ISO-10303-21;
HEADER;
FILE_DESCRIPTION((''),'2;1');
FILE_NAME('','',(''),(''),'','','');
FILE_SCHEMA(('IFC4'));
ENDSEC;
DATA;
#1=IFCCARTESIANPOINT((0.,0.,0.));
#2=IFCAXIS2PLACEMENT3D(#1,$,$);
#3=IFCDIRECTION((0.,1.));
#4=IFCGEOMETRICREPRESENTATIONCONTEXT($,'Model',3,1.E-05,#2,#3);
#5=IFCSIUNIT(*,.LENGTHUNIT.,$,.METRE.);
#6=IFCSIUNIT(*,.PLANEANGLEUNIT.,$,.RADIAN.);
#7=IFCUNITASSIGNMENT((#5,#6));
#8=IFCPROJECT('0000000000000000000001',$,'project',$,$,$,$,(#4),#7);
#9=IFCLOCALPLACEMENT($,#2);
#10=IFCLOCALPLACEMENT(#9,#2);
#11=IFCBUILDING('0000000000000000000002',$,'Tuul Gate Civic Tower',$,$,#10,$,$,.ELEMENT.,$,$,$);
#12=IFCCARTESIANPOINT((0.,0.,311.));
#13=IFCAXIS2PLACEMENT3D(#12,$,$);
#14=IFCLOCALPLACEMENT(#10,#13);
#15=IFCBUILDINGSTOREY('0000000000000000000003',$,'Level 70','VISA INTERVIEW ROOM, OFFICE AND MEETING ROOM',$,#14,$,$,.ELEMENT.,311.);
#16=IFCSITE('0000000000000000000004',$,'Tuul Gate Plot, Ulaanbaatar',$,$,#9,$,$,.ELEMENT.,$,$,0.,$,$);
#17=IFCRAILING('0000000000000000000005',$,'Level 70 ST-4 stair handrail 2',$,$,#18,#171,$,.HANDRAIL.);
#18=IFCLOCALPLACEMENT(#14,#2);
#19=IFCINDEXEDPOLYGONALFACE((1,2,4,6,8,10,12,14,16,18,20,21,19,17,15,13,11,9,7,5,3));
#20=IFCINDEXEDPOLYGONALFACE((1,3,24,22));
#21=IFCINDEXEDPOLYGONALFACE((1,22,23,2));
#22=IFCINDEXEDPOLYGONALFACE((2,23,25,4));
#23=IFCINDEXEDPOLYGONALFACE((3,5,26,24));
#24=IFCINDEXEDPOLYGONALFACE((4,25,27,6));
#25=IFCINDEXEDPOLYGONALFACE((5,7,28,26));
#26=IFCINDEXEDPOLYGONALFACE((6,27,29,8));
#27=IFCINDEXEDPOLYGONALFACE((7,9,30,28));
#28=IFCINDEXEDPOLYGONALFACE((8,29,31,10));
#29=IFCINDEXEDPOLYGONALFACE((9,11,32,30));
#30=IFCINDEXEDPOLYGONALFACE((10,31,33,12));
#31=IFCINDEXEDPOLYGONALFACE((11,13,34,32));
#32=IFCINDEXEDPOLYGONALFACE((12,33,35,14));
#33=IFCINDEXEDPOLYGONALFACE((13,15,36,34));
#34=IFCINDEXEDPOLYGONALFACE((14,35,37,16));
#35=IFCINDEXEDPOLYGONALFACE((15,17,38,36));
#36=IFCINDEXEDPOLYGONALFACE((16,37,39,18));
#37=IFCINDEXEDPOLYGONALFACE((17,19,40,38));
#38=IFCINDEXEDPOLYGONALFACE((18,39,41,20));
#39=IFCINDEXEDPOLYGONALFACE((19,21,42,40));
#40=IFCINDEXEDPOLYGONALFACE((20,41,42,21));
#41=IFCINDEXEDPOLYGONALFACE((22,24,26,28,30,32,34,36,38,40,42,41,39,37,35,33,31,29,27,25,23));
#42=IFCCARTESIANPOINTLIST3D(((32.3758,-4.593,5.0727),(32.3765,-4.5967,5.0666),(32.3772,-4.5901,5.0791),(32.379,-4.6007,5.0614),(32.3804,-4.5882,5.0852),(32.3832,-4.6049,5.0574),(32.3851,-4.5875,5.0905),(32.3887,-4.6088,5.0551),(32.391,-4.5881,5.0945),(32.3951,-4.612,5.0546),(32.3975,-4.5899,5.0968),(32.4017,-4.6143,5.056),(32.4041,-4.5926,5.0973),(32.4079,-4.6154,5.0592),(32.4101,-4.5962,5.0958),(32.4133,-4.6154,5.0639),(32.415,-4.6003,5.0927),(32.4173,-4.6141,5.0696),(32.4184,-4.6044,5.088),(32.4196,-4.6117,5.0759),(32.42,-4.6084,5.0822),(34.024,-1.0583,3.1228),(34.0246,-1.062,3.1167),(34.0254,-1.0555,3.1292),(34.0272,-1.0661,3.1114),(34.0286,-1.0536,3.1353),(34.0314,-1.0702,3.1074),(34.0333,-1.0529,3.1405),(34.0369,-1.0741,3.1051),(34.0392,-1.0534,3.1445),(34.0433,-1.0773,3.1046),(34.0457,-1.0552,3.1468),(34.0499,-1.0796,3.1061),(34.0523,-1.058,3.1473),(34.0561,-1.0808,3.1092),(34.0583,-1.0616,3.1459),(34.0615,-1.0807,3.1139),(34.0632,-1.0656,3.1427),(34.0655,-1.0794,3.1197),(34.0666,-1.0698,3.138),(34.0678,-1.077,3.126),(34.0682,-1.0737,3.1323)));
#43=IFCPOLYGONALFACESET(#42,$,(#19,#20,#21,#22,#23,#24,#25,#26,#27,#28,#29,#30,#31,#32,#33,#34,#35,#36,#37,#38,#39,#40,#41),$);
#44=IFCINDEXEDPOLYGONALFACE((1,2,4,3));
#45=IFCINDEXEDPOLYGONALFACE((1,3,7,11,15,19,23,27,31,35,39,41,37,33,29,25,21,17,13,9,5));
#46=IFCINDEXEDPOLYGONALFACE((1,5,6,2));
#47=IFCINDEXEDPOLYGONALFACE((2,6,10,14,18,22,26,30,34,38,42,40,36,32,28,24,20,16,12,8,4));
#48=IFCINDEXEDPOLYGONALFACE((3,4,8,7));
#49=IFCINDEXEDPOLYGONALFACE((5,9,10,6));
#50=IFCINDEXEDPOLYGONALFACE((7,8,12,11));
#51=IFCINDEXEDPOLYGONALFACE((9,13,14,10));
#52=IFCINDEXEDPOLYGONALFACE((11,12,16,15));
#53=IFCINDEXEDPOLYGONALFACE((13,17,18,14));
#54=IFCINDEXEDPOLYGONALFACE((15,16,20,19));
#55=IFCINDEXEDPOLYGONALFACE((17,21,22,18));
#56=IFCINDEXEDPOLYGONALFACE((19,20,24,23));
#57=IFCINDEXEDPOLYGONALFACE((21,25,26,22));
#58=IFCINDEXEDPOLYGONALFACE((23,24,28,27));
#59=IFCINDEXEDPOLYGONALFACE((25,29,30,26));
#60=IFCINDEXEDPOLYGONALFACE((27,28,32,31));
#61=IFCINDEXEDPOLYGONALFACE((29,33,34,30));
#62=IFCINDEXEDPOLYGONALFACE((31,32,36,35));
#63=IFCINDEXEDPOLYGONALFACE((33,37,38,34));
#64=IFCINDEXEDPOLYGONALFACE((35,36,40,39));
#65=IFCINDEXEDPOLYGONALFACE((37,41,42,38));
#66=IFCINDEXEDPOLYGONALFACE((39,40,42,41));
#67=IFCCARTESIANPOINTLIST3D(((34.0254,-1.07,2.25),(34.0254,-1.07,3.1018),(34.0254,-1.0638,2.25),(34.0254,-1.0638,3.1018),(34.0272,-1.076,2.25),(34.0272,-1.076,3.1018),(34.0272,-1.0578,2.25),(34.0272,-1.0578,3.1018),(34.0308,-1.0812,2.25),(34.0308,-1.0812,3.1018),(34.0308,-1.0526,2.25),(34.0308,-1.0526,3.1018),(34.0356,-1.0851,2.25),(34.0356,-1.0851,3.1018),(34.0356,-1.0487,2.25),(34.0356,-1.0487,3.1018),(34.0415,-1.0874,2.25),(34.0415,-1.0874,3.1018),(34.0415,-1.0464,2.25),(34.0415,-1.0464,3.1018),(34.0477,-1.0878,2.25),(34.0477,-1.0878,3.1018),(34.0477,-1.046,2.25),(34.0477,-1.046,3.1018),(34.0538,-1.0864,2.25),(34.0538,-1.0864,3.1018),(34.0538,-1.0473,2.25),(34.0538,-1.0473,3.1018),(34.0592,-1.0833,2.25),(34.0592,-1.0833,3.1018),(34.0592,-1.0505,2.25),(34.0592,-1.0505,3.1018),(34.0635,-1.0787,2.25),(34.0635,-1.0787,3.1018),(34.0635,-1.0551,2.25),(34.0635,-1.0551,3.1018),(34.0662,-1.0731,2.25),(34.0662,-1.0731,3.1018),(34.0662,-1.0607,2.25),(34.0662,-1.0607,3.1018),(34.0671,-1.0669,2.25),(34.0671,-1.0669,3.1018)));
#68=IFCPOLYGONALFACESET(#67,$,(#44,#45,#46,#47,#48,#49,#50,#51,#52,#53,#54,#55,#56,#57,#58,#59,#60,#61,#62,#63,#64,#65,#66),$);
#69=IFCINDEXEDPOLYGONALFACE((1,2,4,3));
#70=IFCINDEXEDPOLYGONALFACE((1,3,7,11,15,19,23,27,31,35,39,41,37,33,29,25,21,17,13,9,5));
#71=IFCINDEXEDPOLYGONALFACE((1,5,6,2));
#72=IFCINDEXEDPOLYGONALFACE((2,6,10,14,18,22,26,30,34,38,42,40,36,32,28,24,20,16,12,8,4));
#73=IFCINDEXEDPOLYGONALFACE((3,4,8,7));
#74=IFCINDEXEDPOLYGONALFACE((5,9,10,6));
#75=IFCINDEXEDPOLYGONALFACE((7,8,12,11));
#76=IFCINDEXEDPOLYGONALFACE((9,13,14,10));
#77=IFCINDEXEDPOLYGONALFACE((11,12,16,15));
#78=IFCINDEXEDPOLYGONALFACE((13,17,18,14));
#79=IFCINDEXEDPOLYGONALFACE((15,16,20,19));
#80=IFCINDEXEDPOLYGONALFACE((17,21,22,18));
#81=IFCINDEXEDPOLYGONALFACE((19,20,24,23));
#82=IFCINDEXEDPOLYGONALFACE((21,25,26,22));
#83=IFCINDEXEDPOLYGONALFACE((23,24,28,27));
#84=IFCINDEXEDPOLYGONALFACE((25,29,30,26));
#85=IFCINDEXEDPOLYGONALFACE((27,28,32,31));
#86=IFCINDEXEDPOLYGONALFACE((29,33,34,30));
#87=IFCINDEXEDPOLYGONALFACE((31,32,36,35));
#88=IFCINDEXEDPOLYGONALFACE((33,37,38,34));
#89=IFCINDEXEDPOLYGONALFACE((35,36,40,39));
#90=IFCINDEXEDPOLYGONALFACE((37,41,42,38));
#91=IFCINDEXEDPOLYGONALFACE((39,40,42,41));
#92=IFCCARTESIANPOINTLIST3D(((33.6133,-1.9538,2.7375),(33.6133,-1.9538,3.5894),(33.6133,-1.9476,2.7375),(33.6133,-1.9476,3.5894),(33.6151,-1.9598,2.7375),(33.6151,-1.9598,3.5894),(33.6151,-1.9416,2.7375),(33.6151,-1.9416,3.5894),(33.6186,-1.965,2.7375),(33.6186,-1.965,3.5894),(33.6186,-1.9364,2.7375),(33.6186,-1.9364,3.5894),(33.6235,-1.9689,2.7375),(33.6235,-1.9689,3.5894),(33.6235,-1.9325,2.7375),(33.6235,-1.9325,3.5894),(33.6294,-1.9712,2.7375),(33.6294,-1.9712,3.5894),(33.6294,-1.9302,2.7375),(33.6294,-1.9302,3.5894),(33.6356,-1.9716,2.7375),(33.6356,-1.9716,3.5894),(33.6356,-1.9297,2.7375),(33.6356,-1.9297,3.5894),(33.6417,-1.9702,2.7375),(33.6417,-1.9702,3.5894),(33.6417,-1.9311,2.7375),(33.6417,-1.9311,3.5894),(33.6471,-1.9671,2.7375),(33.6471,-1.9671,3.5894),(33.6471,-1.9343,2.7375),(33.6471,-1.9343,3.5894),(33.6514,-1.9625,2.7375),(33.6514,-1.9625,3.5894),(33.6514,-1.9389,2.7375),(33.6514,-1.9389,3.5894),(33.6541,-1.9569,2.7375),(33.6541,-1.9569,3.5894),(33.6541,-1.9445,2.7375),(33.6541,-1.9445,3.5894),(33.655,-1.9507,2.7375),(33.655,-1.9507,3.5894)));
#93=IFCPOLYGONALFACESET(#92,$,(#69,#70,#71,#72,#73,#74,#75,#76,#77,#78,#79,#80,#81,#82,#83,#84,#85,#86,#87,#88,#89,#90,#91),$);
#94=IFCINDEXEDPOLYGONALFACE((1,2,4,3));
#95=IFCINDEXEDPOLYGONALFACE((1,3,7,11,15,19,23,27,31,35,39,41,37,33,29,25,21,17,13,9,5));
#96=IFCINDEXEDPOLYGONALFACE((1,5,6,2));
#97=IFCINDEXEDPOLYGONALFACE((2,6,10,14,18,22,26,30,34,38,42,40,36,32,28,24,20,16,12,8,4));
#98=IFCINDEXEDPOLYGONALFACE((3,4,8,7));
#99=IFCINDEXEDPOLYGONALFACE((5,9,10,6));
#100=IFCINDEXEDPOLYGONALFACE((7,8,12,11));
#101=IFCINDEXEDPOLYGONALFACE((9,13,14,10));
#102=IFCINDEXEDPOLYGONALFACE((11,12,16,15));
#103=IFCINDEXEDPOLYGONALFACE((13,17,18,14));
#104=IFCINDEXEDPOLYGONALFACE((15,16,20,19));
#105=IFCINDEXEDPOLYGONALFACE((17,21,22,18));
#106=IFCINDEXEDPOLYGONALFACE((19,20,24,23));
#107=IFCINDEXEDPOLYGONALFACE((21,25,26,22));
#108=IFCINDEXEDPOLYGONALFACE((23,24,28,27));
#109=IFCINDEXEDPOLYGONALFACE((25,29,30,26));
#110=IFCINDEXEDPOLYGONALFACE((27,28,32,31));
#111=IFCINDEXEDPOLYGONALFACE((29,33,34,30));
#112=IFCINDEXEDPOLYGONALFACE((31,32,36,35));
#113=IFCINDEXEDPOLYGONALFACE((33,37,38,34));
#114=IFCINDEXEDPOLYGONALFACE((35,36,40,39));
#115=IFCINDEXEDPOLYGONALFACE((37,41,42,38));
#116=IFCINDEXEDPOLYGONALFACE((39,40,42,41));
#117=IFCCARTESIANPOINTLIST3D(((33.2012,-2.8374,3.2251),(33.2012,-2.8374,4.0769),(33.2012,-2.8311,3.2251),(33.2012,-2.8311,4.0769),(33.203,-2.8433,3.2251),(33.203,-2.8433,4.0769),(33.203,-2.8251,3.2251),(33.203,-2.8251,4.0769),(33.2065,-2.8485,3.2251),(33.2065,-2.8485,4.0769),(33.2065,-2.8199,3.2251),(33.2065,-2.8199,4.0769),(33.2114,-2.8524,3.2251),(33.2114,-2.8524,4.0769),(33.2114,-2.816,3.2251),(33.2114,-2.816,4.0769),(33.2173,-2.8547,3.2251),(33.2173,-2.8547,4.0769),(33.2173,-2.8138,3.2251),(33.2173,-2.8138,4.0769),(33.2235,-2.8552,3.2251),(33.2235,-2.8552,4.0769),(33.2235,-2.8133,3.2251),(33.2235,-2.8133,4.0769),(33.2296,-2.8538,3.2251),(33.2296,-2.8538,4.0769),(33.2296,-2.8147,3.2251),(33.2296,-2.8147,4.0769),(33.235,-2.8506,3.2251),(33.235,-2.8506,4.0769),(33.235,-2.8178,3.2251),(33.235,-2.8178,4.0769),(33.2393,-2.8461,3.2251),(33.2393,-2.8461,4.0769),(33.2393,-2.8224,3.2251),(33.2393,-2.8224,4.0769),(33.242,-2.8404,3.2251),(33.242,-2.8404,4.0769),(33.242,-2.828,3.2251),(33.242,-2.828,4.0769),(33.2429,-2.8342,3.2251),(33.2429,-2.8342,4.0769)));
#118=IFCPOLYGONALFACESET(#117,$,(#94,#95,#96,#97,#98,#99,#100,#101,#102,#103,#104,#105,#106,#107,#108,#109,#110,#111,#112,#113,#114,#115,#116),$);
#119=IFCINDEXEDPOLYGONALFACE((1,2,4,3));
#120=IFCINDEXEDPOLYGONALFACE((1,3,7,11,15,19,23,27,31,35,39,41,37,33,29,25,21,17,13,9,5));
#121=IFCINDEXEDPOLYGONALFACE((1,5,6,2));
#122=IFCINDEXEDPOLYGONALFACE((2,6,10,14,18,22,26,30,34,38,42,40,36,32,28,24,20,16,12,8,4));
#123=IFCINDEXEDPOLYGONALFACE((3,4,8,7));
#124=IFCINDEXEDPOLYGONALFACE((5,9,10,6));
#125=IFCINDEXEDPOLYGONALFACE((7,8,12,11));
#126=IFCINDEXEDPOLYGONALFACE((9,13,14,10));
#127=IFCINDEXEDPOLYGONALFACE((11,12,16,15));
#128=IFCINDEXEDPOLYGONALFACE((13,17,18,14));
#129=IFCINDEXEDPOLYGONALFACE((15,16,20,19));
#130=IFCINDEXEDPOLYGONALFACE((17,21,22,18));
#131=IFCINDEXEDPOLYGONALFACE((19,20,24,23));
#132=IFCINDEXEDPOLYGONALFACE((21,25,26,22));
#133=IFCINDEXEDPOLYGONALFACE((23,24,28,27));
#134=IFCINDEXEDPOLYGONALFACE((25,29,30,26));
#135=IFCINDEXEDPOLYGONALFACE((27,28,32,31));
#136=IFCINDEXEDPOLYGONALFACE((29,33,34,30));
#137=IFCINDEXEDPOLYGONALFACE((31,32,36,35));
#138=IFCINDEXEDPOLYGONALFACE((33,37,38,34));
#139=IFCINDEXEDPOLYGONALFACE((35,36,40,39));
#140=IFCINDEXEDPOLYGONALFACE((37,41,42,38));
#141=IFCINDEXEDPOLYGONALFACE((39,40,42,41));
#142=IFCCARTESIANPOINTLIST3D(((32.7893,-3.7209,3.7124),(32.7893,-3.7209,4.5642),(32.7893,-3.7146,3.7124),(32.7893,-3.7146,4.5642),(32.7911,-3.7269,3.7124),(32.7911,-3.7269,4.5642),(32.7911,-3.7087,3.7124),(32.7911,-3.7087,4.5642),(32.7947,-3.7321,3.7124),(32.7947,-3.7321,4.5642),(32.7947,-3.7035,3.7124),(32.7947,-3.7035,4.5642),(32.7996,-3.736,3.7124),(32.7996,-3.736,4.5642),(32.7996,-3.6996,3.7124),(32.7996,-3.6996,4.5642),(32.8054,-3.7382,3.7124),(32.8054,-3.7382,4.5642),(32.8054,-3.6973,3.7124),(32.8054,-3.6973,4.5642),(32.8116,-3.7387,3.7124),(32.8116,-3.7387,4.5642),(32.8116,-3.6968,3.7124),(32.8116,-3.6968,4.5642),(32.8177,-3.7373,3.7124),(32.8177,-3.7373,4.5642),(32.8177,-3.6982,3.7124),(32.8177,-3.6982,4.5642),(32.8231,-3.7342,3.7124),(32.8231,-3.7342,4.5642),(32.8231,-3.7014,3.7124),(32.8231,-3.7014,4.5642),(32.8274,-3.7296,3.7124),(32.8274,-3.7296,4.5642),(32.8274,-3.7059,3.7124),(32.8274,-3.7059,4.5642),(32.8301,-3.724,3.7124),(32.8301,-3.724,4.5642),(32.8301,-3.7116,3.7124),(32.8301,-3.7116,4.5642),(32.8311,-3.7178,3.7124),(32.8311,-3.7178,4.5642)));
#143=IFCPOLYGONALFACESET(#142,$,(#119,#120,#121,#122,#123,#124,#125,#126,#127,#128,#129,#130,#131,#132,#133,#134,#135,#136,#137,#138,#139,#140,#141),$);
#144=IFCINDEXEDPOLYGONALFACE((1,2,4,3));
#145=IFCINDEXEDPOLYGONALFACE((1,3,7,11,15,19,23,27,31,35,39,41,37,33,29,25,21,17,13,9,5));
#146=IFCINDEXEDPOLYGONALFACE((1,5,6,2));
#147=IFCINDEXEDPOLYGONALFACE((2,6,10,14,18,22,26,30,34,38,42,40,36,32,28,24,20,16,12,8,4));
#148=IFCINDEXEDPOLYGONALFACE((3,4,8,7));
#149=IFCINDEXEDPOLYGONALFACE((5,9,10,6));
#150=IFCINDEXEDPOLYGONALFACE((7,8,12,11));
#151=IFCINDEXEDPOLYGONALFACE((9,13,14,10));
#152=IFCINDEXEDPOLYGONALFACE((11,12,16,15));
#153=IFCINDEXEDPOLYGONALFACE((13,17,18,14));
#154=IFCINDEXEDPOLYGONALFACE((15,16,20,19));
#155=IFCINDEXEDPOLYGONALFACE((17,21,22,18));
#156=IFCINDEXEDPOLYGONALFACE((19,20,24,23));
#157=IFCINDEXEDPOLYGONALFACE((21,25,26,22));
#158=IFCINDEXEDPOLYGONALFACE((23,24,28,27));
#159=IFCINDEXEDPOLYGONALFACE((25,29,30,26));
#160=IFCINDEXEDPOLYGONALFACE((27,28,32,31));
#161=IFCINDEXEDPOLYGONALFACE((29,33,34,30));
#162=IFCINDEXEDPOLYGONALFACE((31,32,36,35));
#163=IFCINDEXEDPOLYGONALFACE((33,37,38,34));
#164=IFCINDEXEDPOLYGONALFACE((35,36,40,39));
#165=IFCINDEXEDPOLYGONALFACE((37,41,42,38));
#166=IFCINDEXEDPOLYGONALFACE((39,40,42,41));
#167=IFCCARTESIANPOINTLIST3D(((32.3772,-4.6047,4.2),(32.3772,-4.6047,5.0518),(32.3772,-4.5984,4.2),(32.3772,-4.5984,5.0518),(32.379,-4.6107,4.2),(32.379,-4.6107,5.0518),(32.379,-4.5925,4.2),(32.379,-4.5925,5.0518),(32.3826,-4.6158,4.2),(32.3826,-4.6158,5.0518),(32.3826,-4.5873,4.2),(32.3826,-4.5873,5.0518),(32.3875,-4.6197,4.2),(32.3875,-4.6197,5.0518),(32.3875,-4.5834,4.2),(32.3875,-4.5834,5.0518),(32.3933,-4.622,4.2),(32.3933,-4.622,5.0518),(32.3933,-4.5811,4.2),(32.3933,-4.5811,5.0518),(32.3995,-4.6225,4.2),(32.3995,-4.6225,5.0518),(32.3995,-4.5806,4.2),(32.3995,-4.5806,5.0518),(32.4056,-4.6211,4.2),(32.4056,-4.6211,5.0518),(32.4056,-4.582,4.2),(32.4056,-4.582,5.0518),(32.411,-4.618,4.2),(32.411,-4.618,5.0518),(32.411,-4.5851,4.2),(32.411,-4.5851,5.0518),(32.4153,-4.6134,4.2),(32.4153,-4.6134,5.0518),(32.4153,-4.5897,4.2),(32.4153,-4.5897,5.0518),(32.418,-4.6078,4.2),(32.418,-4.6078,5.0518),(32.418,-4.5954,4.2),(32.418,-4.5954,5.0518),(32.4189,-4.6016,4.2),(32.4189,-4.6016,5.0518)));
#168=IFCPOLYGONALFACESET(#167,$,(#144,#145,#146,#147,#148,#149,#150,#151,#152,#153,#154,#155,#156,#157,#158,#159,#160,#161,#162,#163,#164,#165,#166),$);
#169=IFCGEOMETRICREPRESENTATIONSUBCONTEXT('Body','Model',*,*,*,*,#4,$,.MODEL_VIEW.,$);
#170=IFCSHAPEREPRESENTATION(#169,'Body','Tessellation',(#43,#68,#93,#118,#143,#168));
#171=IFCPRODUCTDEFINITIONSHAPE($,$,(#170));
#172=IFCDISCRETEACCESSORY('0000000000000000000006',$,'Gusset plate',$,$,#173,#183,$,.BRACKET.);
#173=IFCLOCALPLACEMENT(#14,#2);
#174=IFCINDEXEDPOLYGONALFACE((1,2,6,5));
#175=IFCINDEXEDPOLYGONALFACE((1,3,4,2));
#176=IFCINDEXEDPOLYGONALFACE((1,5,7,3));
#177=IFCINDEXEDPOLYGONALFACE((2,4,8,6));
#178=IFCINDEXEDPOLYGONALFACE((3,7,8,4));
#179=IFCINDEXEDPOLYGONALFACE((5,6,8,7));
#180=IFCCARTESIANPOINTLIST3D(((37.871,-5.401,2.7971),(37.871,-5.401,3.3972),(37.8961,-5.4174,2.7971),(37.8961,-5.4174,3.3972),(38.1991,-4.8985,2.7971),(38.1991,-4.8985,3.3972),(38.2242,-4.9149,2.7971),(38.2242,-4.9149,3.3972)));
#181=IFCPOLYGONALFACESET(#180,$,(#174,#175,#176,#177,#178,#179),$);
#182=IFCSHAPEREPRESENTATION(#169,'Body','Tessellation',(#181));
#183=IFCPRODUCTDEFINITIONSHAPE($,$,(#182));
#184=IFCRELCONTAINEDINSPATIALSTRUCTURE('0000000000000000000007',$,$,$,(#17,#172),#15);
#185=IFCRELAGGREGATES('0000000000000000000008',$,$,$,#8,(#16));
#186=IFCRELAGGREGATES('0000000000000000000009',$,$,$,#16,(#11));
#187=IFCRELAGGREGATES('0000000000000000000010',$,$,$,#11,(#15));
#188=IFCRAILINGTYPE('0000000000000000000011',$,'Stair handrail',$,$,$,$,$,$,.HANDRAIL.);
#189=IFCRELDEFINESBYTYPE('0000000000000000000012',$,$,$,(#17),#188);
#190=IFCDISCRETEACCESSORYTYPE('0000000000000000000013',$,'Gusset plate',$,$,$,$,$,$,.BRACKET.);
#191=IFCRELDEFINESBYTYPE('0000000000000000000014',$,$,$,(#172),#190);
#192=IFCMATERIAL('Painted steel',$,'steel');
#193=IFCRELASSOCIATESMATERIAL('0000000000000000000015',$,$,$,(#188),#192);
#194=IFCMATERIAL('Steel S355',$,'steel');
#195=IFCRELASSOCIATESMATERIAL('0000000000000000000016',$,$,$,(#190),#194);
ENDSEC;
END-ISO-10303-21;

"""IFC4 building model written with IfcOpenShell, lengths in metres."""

from ifc_helpers import new_model, si_unit, direction, frame, origin, origin_2d, place, context, subcontext, project, spatial, rectangle, circle, extrude, material, type_object, element, save


model = new_model("IFC4")

# Units and contexts
model_context = context("Model", 3, precision=1e-05, world=origin(), true_north=direction((0.0, 1.0)))
body_context = subcontext(model_context, "Body", "Model", "MODEL_VIEW")
ifc_project = project(units=[si_unit("LENGTHUNIT", "METRE"), si_unit("PLANEANGLEUNIT", "RADIAN")], contexts=[model_context])

# Site, building, storey
site_placement = place(None, origin())
site = spatial("IfcSite", under=ifc_project, at=site_placement, Name="Tuul Gate Plot, Ulaanbaatar", CompositionType="ELEMENT", RefElevation=0.0)
building_placement = place(site_placement, origin())
building = spatial("IfcBuilding", under=site, at=building_placement, Name="Tuul Gate Civic Tower", CompositionType="ELEMENT")
storey_placement = place(building_placement, frame((0.0, 0.0, 311.0)))
storey = spatial("IfcBuildingStorey", under=building, at=storey_placement, Name="Level 70", Description="VISA INTERVIEW ROOM, OFFICE AND MEETING ROOM", CompositionType="ELEMENT", Elevation=311.0)

# Railing
ifc_material_1 = material(Name="Painted steel", Category="steel")
railing_type_1 = type_object("IfcRailingType", Name="Stair handrail", PredefinedType="HANDRAIL", material=ifc_material_1)
railing_1_placement = place(storey_placement, frame((34.0461, -1.0669, 2.25)))
element("IfcRailing", 1, at=railing_1_placement, inside=storey, type_object=railing_type_1, Name="Level 70 ST-4 stair handrail 2", PredefinedType="HANDRAIL", context=body_context, shape_type="SweptSolid", body=[
    extrude(circle(Radius=0.0239, at=origin_2d()), frame((0.0, 0.0, 0.876), z_axis=(-0.377995, -0.810637, 0.4472), x_axis=(0.906313, -0.422608, 0.0)), (0.0, 0.0, 1.0), 4.3604),
    extrude(circle(Radius=0.021, at=origin_2d()), origin(), (0.0, 0.0, 1.0), 0.8518),
    extrude(circle(Radius=0.021, at=origin_2d()), frame((-0.4121, -0.8838, 0.4875)), (0.0, 0.0, 1.0), 0.8518),
    extrude(circle(Radius=0.021, at=origin_2d()), frame((-0.8242, -1.7673, 0.9751)), (0.0, 0.0, 1.0), 0.8518),
    extrude(circle(Radius=0.021, at=origin_2d()), frame((-1.2361, -2.6509, 1.4624)), (0.0, 0.0, 1.0), 0.8518),
    extrude(circle(Radius=0.021, at=origin_2d()), frame((-1.6482, -3.5347, 1.95)), (0.0, 0.0, 1.0), 0.8518),
])

# Discrete accessory
ifc_material_2 = material(Name="Steel S355", Category="steel")
discrete_accessory_type = type_object("IfcDiscreteAccessoryType", Name="Gusset plate", PredefinedType="BRACKET", material=ifc_material_2)
discrete_accessory_placement = place(storey_placement, frame((38.0476, -5.158, 2.7971), z_axis=(0.0, 0.0, 1.0), x_axis=(0.546711, 0.837322, 0.0)))
element("IfcDiscreteAccessory", 2, at=discrete_accessory_placement, inside=storey, type_object=discrete_accessory_type, Name="Gusset plate", PredefinedType="BRACKET", context=body_context, shape_type="SweptSolid", body=[
    extrude(rectangle(XDim=0.6001, YDim=0.03, at=origin_2d()), origin(), (0.0, 0.0, 1.0), 0.6001),
])

save(model, "model.ifc")
